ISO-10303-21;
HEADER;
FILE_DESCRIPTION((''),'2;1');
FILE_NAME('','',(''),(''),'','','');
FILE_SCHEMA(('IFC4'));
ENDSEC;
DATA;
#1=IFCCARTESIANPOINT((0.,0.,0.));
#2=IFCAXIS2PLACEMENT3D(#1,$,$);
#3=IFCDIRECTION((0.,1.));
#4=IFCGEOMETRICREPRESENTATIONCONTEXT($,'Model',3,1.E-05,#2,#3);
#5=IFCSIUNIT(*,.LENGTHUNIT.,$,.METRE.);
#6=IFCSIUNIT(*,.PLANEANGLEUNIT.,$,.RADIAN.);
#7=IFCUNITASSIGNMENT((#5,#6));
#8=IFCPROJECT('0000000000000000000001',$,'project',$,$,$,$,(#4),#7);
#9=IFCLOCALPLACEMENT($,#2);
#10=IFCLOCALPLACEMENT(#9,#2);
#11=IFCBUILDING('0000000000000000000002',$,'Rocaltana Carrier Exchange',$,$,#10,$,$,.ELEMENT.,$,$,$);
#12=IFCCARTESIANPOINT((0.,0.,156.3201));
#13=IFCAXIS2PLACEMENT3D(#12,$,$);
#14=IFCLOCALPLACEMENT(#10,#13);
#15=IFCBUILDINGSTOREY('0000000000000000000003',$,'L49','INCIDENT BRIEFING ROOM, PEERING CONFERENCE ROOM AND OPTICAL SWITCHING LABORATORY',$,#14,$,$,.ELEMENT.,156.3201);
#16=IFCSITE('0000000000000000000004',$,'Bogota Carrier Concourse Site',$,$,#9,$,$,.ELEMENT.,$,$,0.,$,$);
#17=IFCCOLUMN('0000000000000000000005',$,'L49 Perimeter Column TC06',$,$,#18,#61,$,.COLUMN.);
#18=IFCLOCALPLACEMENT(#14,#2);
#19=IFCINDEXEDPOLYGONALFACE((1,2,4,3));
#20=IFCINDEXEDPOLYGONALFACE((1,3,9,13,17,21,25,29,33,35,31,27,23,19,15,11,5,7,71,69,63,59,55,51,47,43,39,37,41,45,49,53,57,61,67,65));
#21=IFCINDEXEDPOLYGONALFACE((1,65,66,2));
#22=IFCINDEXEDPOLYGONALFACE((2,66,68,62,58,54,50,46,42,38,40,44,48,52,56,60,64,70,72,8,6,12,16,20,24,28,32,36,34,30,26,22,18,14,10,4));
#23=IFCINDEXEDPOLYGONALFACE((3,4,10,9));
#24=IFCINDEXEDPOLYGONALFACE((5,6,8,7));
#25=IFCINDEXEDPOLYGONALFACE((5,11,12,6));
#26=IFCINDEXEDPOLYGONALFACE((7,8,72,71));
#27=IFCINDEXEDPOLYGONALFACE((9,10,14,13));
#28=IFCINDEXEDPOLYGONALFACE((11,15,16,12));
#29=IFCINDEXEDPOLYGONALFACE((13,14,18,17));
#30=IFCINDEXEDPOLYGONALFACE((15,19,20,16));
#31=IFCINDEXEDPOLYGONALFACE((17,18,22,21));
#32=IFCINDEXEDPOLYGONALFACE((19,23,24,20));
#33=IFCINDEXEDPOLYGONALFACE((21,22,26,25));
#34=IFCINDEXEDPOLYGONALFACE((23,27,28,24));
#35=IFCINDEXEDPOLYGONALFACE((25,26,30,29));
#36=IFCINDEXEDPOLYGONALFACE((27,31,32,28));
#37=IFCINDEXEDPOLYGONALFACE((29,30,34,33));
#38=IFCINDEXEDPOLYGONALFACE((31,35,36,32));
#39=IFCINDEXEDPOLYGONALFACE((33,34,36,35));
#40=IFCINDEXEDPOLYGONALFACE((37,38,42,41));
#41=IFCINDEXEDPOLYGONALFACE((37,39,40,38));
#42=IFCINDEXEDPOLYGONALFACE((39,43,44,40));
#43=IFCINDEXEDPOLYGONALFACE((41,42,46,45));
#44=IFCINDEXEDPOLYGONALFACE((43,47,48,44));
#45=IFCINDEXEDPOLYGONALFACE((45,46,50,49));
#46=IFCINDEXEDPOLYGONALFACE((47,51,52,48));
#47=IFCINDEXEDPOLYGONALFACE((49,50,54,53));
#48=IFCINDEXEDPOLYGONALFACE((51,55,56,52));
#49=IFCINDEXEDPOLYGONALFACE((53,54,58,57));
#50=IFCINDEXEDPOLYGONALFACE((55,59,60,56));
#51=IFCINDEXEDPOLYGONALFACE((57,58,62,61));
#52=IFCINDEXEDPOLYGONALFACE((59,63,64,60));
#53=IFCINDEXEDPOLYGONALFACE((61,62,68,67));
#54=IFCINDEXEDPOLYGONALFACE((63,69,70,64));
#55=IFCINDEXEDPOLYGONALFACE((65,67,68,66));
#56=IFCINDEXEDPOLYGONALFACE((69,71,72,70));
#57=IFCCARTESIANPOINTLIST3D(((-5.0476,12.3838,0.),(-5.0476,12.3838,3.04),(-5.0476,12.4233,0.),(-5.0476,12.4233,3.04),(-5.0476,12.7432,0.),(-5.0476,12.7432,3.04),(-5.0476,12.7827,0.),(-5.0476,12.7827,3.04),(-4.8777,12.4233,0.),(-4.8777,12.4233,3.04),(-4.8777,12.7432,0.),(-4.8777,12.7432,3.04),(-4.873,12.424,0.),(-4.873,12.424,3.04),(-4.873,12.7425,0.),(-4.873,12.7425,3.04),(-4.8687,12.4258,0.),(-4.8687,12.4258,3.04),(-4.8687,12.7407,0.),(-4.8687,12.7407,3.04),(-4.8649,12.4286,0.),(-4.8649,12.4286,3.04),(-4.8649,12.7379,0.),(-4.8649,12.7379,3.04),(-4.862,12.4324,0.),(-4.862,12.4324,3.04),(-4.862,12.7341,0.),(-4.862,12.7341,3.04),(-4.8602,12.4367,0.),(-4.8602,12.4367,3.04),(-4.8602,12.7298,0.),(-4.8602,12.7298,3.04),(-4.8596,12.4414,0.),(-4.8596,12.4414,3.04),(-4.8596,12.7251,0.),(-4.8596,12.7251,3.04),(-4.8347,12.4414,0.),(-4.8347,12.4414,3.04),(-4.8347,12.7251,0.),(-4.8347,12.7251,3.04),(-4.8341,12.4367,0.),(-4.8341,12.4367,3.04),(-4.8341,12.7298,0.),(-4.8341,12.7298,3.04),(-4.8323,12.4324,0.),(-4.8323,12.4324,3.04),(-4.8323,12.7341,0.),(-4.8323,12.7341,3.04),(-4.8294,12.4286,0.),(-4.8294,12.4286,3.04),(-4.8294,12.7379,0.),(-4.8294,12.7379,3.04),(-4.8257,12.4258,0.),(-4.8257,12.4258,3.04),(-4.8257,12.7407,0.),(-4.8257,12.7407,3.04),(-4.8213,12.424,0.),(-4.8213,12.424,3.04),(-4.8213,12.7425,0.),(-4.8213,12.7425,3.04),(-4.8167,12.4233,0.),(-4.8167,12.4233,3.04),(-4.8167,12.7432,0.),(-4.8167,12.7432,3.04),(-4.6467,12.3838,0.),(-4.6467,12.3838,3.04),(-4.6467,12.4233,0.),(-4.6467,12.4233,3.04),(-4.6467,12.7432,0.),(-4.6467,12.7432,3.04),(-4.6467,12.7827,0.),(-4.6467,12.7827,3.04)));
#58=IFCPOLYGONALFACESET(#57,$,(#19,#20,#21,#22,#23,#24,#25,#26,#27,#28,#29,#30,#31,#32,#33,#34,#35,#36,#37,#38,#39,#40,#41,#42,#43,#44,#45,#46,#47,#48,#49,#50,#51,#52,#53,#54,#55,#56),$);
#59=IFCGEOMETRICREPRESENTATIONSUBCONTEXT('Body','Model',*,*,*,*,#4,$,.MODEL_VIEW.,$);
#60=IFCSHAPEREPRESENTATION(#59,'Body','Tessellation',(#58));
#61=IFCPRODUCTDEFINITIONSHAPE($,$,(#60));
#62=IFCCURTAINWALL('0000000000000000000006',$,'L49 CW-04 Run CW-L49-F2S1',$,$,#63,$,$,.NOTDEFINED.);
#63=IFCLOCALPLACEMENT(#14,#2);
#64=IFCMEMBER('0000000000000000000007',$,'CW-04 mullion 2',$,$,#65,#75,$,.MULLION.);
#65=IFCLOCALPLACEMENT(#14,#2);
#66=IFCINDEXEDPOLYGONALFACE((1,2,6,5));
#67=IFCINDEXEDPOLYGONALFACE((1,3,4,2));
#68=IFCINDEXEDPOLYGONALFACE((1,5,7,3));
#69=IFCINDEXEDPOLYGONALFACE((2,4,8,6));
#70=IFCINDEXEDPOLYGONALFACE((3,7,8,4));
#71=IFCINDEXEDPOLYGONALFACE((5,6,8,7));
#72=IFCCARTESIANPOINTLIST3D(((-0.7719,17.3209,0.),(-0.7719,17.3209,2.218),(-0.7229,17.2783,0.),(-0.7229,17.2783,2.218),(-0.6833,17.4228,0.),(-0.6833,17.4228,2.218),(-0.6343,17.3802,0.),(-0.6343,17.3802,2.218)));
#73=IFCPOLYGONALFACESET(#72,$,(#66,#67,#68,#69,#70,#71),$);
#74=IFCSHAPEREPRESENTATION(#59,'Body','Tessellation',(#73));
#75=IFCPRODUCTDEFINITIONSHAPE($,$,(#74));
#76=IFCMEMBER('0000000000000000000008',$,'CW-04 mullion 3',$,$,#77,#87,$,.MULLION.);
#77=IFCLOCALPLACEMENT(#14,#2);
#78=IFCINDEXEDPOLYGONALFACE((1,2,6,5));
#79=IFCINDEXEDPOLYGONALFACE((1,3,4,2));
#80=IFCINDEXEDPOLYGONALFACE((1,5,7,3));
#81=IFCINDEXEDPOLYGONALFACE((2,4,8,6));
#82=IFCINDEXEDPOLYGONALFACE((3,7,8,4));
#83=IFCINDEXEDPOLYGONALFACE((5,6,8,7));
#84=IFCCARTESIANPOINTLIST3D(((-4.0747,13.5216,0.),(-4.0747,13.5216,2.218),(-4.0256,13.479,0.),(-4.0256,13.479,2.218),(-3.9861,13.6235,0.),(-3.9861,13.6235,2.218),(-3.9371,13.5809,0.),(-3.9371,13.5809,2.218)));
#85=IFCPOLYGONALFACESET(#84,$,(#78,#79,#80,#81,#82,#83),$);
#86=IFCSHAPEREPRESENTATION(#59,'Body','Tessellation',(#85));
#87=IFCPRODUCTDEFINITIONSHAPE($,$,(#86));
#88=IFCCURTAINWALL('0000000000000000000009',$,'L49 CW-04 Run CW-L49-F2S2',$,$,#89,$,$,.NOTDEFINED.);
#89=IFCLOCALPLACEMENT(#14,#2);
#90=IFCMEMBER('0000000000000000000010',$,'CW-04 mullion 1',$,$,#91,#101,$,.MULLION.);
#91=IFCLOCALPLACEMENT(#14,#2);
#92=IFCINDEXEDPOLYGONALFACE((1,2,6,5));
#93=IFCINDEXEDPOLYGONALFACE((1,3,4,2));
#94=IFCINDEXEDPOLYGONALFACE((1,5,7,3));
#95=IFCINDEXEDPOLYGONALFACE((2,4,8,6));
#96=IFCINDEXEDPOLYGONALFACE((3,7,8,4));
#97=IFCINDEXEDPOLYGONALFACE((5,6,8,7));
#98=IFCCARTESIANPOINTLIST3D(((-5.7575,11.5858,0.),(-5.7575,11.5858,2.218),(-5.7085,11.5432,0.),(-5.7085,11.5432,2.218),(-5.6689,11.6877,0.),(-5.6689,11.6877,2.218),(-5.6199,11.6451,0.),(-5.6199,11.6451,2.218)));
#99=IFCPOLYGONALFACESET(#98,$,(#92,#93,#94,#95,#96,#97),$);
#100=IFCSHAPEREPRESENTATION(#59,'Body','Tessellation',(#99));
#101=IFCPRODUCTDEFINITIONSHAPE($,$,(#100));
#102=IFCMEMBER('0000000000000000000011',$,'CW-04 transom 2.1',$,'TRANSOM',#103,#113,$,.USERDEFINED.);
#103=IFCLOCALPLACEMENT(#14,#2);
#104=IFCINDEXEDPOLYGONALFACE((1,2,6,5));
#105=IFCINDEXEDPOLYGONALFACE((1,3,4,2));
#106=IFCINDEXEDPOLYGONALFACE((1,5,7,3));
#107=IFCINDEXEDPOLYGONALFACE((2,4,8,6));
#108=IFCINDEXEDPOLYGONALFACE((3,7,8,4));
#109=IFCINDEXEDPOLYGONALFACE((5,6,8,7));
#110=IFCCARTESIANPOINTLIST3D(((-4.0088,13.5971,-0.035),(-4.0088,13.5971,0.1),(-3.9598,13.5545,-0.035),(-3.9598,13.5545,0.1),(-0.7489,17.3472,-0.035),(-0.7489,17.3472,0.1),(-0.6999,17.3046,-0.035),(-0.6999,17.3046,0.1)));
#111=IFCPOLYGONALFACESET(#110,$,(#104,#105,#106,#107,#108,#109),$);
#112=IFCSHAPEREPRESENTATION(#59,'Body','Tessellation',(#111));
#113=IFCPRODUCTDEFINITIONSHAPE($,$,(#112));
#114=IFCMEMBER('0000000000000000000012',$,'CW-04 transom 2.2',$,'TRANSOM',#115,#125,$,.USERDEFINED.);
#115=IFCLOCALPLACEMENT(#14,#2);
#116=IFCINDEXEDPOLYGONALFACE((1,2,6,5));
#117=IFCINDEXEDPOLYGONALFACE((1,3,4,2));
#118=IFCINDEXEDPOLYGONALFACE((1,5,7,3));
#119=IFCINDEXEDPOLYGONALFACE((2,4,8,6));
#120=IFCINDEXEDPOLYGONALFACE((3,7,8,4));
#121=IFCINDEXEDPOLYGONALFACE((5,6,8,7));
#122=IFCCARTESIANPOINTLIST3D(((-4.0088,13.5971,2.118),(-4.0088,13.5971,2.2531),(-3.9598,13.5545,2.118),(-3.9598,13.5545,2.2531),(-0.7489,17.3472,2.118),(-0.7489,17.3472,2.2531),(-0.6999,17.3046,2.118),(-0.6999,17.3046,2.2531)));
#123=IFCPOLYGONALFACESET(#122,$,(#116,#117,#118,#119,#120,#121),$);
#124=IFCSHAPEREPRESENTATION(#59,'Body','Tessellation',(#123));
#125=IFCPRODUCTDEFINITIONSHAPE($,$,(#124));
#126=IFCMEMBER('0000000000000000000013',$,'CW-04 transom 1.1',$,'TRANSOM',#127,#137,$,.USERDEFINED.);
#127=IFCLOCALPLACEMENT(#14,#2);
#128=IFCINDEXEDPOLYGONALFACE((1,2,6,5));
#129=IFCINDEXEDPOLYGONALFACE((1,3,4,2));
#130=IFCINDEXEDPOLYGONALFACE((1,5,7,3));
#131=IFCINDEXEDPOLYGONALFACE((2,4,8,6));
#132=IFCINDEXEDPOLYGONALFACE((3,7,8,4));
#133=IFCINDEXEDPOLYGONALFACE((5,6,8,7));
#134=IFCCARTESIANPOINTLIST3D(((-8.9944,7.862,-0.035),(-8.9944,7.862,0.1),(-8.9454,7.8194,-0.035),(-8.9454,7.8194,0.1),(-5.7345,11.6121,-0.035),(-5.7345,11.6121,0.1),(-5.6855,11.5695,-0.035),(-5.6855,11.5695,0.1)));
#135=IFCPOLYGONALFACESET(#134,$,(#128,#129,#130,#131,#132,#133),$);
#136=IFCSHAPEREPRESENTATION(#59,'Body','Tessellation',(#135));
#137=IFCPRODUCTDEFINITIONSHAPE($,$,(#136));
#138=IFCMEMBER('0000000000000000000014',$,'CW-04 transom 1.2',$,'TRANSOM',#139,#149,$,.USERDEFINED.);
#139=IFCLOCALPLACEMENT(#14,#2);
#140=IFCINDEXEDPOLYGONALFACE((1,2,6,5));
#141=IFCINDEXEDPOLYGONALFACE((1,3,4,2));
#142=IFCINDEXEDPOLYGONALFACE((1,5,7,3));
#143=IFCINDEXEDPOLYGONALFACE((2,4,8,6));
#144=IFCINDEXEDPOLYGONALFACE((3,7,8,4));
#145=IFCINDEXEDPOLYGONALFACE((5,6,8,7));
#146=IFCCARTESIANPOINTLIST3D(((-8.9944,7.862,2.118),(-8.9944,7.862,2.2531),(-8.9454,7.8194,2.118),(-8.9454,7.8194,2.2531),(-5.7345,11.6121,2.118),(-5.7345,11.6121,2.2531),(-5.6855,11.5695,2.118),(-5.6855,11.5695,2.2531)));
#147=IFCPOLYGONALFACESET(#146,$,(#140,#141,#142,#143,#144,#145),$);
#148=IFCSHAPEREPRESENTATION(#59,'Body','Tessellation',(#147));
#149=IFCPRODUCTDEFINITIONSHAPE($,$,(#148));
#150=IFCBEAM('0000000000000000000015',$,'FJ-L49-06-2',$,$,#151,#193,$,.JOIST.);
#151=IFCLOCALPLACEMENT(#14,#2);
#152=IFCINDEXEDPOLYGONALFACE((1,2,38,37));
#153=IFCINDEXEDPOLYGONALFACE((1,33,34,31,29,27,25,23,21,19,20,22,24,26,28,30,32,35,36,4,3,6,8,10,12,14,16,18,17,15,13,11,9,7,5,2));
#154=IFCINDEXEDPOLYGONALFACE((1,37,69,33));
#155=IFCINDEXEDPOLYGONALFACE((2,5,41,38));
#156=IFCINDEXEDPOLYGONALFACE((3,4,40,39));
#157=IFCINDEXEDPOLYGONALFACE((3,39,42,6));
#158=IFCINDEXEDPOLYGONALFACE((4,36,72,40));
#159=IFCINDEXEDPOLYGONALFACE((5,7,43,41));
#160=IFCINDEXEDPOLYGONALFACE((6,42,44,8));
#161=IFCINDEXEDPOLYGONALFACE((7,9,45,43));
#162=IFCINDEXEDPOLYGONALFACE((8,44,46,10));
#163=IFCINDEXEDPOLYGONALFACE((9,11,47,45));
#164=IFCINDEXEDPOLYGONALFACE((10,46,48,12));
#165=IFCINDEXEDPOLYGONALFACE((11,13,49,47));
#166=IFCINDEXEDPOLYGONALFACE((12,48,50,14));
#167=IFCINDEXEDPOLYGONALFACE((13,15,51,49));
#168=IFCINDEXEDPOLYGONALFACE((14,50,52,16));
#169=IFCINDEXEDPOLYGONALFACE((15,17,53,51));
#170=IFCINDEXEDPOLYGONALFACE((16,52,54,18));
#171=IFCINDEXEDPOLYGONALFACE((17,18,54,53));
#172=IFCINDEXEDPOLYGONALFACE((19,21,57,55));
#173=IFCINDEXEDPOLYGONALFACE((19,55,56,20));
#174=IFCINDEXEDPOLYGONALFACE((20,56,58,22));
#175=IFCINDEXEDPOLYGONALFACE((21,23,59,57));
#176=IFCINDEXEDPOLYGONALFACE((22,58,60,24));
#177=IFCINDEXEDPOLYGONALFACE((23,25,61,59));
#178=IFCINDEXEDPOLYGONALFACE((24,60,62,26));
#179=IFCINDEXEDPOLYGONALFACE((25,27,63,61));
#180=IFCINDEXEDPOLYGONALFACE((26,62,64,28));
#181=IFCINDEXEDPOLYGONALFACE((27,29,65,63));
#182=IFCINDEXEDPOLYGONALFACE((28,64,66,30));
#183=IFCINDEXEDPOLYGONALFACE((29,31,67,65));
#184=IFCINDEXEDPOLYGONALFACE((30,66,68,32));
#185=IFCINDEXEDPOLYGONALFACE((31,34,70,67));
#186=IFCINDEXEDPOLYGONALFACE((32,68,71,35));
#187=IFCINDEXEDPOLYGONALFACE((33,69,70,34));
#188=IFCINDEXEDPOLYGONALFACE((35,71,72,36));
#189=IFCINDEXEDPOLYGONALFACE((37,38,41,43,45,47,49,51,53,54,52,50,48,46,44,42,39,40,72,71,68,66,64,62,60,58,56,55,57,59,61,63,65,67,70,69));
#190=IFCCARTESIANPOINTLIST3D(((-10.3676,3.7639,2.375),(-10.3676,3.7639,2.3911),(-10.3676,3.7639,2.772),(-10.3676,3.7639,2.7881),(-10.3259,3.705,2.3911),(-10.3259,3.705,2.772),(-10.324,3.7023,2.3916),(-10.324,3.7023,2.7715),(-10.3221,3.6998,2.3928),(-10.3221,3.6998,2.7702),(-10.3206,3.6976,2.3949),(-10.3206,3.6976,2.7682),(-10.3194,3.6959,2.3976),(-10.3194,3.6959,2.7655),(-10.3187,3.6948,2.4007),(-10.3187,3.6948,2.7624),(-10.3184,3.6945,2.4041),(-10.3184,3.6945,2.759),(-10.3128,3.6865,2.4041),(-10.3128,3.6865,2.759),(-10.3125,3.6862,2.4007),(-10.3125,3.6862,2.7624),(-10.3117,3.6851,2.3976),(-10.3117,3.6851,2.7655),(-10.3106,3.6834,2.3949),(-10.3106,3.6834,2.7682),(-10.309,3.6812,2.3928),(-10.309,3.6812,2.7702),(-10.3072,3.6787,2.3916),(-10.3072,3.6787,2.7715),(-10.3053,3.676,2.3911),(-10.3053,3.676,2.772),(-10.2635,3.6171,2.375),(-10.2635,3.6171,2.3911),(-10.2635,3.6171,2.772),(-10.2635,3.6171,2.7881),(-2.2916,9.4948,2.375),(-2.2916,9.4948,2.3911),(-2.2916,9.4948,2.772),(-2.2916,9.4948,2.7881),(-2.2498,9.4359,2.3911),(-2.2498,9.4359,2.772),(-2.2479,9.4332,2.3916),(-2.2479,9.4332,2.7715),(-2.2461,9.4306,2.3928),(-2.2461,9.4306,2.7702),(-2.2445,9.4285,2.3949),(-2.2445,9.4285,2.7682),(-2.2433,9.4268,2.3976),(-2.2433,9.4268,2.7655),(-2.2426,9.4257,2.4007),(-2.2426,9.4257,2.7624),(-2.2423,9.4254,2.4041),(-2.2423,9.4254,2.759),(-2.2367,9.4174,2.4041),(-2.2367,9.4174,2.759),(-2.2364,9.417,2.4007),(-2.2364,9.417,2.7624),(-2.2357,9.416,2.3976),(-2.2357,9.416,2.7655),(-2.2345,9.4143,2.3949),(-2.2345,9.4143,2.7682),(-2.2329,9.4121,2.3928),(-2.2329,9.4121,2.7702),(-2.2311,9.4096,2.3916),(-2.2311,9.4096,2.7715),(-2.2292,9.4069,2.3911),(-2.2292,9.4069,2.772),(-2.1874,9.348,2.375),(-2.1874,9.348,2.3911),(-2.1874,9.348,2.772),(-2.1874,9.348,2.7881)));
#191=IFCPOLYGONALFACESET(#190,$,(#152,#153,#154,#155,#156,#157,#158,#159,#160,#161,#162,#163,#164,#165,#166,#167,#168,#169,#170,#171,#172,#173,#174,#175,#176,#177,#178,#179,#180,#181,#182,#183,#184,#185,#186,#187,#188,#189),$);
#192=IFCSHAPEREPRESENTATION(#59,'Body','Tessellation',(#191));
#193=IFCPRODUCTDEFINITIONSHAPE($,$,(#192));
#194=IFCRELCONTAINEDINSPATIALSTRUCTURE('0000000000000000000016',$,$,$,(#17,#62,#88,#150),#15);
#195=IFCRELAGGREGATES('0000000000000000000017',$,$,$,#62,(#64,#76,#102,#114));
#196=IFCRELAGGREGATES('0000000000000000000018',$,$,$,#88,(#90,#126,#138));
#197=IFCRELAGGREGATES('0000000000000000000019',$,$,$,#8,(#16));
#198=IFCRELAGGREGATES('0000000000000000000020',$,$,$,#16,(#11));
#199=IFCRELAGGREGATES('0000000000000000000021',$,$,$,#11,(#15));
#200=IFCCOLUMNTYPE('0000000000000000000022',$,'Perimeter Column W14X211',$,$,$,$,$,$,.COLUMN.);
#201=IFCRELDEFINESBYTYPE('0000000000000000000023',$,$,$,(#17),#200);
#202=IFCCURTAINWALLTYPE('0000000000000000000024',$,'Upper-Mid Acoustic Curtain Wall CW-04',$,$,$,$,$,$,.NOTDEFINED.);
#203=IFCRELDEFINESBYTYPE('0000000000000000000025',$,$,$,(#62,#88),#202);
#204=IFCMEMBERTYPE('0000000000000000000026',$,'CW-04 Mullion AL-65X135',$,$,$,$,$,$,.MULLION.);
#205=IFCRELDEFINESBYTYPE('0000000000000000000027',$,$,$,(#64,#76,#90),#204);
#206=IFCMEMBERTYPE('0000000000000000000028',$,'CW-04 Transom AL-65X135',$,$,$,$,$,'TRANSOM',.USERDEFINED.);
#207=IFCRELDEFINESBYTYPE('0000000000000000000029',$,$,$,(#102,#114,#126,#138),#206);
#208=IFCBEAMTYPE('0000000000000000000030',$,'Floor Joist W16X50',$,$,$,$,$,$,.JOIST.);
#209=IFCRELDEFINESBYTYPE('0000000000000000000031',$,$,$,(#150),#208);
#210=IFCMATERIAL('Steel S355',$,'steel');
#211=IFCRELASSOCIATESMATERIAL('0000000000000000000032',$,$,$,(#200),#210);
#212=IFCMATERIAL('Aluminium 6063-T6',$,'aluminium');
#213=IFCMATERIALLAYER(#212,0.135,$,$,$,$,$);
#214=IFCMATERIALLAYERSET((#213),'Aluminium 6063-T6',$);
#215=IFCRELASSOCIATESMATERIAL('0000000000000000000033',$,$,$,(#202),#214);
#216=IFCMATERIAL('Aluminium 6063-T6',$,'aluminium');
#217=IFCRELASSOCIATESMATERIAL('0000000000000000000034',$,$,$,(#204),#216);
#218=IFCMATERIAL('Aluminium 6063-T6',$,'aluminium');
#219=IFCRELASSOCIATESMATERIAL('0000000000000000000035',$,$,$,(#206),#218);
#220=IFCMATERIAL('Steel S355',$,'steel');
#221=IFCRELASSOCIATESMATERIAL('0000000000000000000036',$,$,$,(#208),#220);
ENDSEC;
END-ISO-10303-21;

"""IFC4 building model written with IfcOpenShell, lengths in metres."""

from ifc_helpers import new_model, si_unit, direction, frame, origin, origin_2d, place, context, subcontext, project, spatial, rectangle, i_section, extrude, material, layer, layer_set, material_profile, profile_set, type_object, element, aggregate, save


model = new_model("IFC4")

# Units and contexts
model_context = context("Model", 3, precision=1e-05, world=origin(), true_north=direction((0.0, 1.0)))
body_context = subcontext(model_context, "Body", "Model", "MODEL_VIEW")
ifc_project = project(units=[si_unit("LENGTHUNIT", "METRE"), si_unit("PLANEANGLEUNIT", "RADIAN")], contexts=[model_context])

# Site, building, storey
site_placement = place(None, origin())
site = spatial("IfcSite", under=ifc_project, at=site_placement, Name="Bogota Carrier Concourse Site", CompositionType="ELEMENT", RefElevation=0.0)
building_placement = place(site_placement, origin())
building = spatial("IfcBuilding", under=site, at=building_placement, Name="Rocaltana Carrier Exchange", CompositionType="ELEMENT")
storey_placement = place(building_placement, frame((0.0, 0.0, 156.3201)))
storey = spatial("IfcBuildingStorey", under=building, at=storey_placement, Name="L49", Description="INCIDENT BRIEFING ROOM, PEERING CONFERENCE ROOM AND OPTICAL SWITCHING LABORATORY", CompositionType="ELEMENT", Elevation=156.3201)

# Column
ifc_material_1 = material(Name="Steel S355", Category="steel")
ifc_material_profile_1 = material_profile(ifc_material_1, i_section(OverallWidth=0.4009, OverallDepth=0.3989, WebThickness=0.0249, FlangeThickness=0.0396, FilletRadius=0.0181, at=origin_2d()), Name="W14X211")
ifc_profile_set_1 = profile_set([ifc_material_profile_1], Name="Steel S355")
column_type = type_object("IfcColumnType", Name="Perimeter Column W14X211", PredefinedType="COLUMN", material=ifc_profile_set_1)
column_placement = place(storey_placement, frame((-4.8472, 12.5833, 0.0), z_axis=(0.0, 0.0, 1.0), x_axis=(1.0, 0.0, 0.0)))
element("IfcColumn", 1, at=column_placement, inside=storey, type_object=column_type, Name="L49 Perimeter Column TC06", PredefinedType="COLUMN", context=body_context, shape_type="SweptSolid", body=[
    extrude(i_section(OverallWidth=0.4009, OverallDepth=0.3989, WebThickness=0.0249, FlangeThickness=0.0396, FilletRadius=0.0181, at=origin_2d()), origin(), (0.0, 0.0, 1.0), 3.04),
])

# Curtain wall, members
ifc_material_2 = material(Name="Aluminium 6063-T6", Category="aluminium")
ifc_layer_1 = layer(ifc_material_2, 0.135)
ifc_layer_set_1 = layer_set([ifc_layer_1], Name="Aluminium 6063-T6")
curtain_wall_type = type_object("IfcCurtainWallType", Name="Upper-Mid Acoustic Curtain Wall CW-04", PredefinedType="NOTDEFINED", material=ifc_layer_set_1)
curtain_wall_1_placement = place(storey_placement, origin())
curtain_wall_1 = element("IfcCurtainWall", 2, at=curtain_wall_1_placement, inside=storey, type_object=curtain_wall_type, Name="L49 CW-04 Run CW-L49-F2S1", PredefinedType="NOTDEFINED")
ifc_material_3 = material(Name="Aluminium 6063-T6", Category="aluminium")
ifc_material_profile_2 = material_profile(ifc_material_3, rectangle(XDim=0.0649, YDim=0.135, at=origin_2d()), Name="AL-65X135")
ifc_profile_set_2 = profile_set([ifc_material_profile_2], Name="Aluminium 6063-T6")
member_type_1 = type_object("IfcMemberType", Name="CW-04 Mullion AL-65X135", PredefinedType="MULLION", material=ifc_profile_set_2)
member_1_placement = place(storey_placement, frame((-0.7031, 17.3506, 0.0), z_axis=(0.0, 0.0, 1.0), x_axis=(0.754712, -0.656057, 0.0)))
member_1 = element("IfcMember", 3, at=member_1_placement, type_object=member_type_1, Name="CW-04 mullion 2", PredefinedType="MULLION", context=body_context, shape_type="SweptSolid", body=[
    extrude(rectangle(XDim=0.0649, YDim=0.135, at=origin_2d()), origin(), (0.0, 0.0, 1.0), 2.218),
])
member_2_placement = place(storey_placement, frame((-4.0059, 13.5513, 0.0), z_axis=(0.0, 0.0, 1.0), x_axis=(0.754712, -0.656057, 0.0)))
member_2 = element("IfcMember", 4, at=member_2_placement, type_object=member_type_1, Name="CW-04 mullion 3", PredefinedType="MULLION", context=body_context, shape_type="SweptSolid", body=[
    extrude(rectangle(XDim=0.0649, YDim=0.135, at=origin_2d()), origin(), (0.0, 0.0, 1.0), 2.218),
])

# Curtain wall, member
curtain_wall_2_placement = place(storey_placement, origin())
curtain_wall_2 = element("IfcCurtainWall", 5, at=curtain_wall_2_placement, inside=storey, type_object=curtain_wall_type, Name="L49 CW-04 Run CW-L49-F2S2", PredefinedType="NOTDEFINED")
member_3_placement = place(storey_placement, frame((-5.6887, 11.6155, 0.0), z_axis=(0.0, 0.0, 1.0), x_axis=(0.754712, -0.656057, 0.0)))
member_3 = element("IfcMember", 6, at=member_3_placement, type_object=member_type_1, Name="CW-04 mullion 1", PredefinedType="MULLION", context=body_context, shape_type="SweptSolid", body=[
    extrude(rectangle(XDim=0.0649, YDim=0.135, at=origin_2d()), origin(), (0.0, 0.0, 1.0), 2.218),
])

# Members
ifc_material_4 = material(Name="Aluminium 6063-T6", Category="aluminium")
ifc_material_profile_3 = material_profile(ifc_material_4, rectangle(XDim=0.0649, YDim=0.135, at=origin_2d()), Name="AL-65X135")
ifc_profile_set_3 = profile_set([ifc_material_profile_3], Name="Aluminium 6063-T6")
member_type_2 = type_object("IfcMemberType", Name="CW-04 Transom AL-65X135", ElementType="TRANSOM", PredefinedType="USERDEFINED", material=ifc_profile_set_3)
member_4_placement = place(storey_placement, frame((-0.7244, 17.3259, 0.0325), z_axis=(-0.656056, -0.754712, 0.0), x_axis=(0.754712, -0.656056, 0.0)))
member_4 = element("IfcMember", 7, at=member_4_placement, type_object=member_type_2, Name="CW-04 transom 2.1", ObjectType="TRANSOM", PredefinedType="USERDEFINED", context=body_context, shape_type="SweptSolid", body=[
    extrude(rectangle(XDim=0.0649, YDim=0.135, at=origin_2d()), origin(), (0.0, 0.0, 1.0), 4.969),
])
member_5_placement = place(storey_placement, frame((-0.7244, 17.3259, 2.1855), z_axis=(-0.656056, -0.754712, 0.0), x_axis=(0.754712, -0.656056, 0.0)))
member_5 = element("IfcMember", 8, at=member_5_placement, type_object=member_type_2, Name="CW-04 transom 2.2", ObjectType="TRANSOM", PredefinedType="USERDEFINED", context=body_context, shape_type="SweptSolid", body=[
    extrude(rectangle(XDim=0.0649, YDim=0.135, at=origin_2d()), origin(), (0.0, 0.0, 1.0), 4.969),
])
member_6_placement = place(storey_placement, frame((-5.71, 11.5908, 0.0325), z_axis=(-0.656056, -0.754712, 0.0), x_axis=(0.754712, -0.656056, 0.0)))
member_6 = element("IfcMember", 9, at=member_6_placement, type_object=member_type_2, Name="CW-04 transom 1.1", ObjectType="TRANSOM", PredefinedType="USERDEFINED", context=body_context, shape_type="SweptSolid", body=[
    extrude(rectangle(XDim=0.0649, YDim=0.135, at=origin_2d()), origin(), (0.0, 0.0, 1.0), 4.969),
])
member_7_placement = place(storey_placement, frame((-5.71, 11.5908, 2.1855), z_axis=(-0.656056, -0.754712, 0.0), x_axis=(0.754712, -0.656056, 0.0)))
member_7 = element("IfcMember", 10, at=member_7_placement, type_object=member_type_2, Name="CW-04 transom 1.2", ObjectType="TRANSOM", PredefinedType="USERDEFINED", context=body_context, shape_type="SweptSolid", body=[
    extrude(rectangle(XDim=0.0649, YDim=0.135, at=origin_2d()), origin(), (0.0, 0.0, 1.0), 4.969),
])

# Beam
ifc_material_5 = material(Name="Steel S355", Category="steel")
ifc_material_profile_4 = material_profile(ifc_material_5, i_section(OverallWidth=0.1799, OverallDepth=0.4131, WebThickness=0.0098, FlangeThickness=0.0161, FilletRadius=0.0129, at=origin_2d()), Name="W16X50")
ifc_profile_set_4 = profile_set([ifc_material_profile_4], Name="Steel S355")
beam_type_1 = type_object("IfcBeamType", Name="Floor Joist W16X50", PredefinedType="JOIST", material=ifc_profile_set_4)
beam_1_placement = place(storey_placement, frame((-2.2395, 9.4214, 2.5815), z_axis=(-0.815532, -0.578712, 0.0), x_axis=(0.578712, -0.815532, 0.0)))
element("IfcBeam", 11, at=beam_1_placement, inside=storey, type_object=beam_type_1, Name="FJ-L49-06-2", PredefinedType="JOIST", context=body_context, shape_type="SweptSolid", body=[
    extrude(i_section(OverallWidth=0.1799, OverallDepth=0.4131, WebThickness=0.0098, FlangeThickness=0.0161, FilletRadius=0.0129, at=origin_2d()), origin(), (0.0, 0.0, 1.0), 9.9028),
])

aggregate(curtain_wall_1, [member_1, member_2, member_4, member_5])
aggregate(curtain_wall_2, [member_3, member_6, member_7])

save(model, "model.ifc")
